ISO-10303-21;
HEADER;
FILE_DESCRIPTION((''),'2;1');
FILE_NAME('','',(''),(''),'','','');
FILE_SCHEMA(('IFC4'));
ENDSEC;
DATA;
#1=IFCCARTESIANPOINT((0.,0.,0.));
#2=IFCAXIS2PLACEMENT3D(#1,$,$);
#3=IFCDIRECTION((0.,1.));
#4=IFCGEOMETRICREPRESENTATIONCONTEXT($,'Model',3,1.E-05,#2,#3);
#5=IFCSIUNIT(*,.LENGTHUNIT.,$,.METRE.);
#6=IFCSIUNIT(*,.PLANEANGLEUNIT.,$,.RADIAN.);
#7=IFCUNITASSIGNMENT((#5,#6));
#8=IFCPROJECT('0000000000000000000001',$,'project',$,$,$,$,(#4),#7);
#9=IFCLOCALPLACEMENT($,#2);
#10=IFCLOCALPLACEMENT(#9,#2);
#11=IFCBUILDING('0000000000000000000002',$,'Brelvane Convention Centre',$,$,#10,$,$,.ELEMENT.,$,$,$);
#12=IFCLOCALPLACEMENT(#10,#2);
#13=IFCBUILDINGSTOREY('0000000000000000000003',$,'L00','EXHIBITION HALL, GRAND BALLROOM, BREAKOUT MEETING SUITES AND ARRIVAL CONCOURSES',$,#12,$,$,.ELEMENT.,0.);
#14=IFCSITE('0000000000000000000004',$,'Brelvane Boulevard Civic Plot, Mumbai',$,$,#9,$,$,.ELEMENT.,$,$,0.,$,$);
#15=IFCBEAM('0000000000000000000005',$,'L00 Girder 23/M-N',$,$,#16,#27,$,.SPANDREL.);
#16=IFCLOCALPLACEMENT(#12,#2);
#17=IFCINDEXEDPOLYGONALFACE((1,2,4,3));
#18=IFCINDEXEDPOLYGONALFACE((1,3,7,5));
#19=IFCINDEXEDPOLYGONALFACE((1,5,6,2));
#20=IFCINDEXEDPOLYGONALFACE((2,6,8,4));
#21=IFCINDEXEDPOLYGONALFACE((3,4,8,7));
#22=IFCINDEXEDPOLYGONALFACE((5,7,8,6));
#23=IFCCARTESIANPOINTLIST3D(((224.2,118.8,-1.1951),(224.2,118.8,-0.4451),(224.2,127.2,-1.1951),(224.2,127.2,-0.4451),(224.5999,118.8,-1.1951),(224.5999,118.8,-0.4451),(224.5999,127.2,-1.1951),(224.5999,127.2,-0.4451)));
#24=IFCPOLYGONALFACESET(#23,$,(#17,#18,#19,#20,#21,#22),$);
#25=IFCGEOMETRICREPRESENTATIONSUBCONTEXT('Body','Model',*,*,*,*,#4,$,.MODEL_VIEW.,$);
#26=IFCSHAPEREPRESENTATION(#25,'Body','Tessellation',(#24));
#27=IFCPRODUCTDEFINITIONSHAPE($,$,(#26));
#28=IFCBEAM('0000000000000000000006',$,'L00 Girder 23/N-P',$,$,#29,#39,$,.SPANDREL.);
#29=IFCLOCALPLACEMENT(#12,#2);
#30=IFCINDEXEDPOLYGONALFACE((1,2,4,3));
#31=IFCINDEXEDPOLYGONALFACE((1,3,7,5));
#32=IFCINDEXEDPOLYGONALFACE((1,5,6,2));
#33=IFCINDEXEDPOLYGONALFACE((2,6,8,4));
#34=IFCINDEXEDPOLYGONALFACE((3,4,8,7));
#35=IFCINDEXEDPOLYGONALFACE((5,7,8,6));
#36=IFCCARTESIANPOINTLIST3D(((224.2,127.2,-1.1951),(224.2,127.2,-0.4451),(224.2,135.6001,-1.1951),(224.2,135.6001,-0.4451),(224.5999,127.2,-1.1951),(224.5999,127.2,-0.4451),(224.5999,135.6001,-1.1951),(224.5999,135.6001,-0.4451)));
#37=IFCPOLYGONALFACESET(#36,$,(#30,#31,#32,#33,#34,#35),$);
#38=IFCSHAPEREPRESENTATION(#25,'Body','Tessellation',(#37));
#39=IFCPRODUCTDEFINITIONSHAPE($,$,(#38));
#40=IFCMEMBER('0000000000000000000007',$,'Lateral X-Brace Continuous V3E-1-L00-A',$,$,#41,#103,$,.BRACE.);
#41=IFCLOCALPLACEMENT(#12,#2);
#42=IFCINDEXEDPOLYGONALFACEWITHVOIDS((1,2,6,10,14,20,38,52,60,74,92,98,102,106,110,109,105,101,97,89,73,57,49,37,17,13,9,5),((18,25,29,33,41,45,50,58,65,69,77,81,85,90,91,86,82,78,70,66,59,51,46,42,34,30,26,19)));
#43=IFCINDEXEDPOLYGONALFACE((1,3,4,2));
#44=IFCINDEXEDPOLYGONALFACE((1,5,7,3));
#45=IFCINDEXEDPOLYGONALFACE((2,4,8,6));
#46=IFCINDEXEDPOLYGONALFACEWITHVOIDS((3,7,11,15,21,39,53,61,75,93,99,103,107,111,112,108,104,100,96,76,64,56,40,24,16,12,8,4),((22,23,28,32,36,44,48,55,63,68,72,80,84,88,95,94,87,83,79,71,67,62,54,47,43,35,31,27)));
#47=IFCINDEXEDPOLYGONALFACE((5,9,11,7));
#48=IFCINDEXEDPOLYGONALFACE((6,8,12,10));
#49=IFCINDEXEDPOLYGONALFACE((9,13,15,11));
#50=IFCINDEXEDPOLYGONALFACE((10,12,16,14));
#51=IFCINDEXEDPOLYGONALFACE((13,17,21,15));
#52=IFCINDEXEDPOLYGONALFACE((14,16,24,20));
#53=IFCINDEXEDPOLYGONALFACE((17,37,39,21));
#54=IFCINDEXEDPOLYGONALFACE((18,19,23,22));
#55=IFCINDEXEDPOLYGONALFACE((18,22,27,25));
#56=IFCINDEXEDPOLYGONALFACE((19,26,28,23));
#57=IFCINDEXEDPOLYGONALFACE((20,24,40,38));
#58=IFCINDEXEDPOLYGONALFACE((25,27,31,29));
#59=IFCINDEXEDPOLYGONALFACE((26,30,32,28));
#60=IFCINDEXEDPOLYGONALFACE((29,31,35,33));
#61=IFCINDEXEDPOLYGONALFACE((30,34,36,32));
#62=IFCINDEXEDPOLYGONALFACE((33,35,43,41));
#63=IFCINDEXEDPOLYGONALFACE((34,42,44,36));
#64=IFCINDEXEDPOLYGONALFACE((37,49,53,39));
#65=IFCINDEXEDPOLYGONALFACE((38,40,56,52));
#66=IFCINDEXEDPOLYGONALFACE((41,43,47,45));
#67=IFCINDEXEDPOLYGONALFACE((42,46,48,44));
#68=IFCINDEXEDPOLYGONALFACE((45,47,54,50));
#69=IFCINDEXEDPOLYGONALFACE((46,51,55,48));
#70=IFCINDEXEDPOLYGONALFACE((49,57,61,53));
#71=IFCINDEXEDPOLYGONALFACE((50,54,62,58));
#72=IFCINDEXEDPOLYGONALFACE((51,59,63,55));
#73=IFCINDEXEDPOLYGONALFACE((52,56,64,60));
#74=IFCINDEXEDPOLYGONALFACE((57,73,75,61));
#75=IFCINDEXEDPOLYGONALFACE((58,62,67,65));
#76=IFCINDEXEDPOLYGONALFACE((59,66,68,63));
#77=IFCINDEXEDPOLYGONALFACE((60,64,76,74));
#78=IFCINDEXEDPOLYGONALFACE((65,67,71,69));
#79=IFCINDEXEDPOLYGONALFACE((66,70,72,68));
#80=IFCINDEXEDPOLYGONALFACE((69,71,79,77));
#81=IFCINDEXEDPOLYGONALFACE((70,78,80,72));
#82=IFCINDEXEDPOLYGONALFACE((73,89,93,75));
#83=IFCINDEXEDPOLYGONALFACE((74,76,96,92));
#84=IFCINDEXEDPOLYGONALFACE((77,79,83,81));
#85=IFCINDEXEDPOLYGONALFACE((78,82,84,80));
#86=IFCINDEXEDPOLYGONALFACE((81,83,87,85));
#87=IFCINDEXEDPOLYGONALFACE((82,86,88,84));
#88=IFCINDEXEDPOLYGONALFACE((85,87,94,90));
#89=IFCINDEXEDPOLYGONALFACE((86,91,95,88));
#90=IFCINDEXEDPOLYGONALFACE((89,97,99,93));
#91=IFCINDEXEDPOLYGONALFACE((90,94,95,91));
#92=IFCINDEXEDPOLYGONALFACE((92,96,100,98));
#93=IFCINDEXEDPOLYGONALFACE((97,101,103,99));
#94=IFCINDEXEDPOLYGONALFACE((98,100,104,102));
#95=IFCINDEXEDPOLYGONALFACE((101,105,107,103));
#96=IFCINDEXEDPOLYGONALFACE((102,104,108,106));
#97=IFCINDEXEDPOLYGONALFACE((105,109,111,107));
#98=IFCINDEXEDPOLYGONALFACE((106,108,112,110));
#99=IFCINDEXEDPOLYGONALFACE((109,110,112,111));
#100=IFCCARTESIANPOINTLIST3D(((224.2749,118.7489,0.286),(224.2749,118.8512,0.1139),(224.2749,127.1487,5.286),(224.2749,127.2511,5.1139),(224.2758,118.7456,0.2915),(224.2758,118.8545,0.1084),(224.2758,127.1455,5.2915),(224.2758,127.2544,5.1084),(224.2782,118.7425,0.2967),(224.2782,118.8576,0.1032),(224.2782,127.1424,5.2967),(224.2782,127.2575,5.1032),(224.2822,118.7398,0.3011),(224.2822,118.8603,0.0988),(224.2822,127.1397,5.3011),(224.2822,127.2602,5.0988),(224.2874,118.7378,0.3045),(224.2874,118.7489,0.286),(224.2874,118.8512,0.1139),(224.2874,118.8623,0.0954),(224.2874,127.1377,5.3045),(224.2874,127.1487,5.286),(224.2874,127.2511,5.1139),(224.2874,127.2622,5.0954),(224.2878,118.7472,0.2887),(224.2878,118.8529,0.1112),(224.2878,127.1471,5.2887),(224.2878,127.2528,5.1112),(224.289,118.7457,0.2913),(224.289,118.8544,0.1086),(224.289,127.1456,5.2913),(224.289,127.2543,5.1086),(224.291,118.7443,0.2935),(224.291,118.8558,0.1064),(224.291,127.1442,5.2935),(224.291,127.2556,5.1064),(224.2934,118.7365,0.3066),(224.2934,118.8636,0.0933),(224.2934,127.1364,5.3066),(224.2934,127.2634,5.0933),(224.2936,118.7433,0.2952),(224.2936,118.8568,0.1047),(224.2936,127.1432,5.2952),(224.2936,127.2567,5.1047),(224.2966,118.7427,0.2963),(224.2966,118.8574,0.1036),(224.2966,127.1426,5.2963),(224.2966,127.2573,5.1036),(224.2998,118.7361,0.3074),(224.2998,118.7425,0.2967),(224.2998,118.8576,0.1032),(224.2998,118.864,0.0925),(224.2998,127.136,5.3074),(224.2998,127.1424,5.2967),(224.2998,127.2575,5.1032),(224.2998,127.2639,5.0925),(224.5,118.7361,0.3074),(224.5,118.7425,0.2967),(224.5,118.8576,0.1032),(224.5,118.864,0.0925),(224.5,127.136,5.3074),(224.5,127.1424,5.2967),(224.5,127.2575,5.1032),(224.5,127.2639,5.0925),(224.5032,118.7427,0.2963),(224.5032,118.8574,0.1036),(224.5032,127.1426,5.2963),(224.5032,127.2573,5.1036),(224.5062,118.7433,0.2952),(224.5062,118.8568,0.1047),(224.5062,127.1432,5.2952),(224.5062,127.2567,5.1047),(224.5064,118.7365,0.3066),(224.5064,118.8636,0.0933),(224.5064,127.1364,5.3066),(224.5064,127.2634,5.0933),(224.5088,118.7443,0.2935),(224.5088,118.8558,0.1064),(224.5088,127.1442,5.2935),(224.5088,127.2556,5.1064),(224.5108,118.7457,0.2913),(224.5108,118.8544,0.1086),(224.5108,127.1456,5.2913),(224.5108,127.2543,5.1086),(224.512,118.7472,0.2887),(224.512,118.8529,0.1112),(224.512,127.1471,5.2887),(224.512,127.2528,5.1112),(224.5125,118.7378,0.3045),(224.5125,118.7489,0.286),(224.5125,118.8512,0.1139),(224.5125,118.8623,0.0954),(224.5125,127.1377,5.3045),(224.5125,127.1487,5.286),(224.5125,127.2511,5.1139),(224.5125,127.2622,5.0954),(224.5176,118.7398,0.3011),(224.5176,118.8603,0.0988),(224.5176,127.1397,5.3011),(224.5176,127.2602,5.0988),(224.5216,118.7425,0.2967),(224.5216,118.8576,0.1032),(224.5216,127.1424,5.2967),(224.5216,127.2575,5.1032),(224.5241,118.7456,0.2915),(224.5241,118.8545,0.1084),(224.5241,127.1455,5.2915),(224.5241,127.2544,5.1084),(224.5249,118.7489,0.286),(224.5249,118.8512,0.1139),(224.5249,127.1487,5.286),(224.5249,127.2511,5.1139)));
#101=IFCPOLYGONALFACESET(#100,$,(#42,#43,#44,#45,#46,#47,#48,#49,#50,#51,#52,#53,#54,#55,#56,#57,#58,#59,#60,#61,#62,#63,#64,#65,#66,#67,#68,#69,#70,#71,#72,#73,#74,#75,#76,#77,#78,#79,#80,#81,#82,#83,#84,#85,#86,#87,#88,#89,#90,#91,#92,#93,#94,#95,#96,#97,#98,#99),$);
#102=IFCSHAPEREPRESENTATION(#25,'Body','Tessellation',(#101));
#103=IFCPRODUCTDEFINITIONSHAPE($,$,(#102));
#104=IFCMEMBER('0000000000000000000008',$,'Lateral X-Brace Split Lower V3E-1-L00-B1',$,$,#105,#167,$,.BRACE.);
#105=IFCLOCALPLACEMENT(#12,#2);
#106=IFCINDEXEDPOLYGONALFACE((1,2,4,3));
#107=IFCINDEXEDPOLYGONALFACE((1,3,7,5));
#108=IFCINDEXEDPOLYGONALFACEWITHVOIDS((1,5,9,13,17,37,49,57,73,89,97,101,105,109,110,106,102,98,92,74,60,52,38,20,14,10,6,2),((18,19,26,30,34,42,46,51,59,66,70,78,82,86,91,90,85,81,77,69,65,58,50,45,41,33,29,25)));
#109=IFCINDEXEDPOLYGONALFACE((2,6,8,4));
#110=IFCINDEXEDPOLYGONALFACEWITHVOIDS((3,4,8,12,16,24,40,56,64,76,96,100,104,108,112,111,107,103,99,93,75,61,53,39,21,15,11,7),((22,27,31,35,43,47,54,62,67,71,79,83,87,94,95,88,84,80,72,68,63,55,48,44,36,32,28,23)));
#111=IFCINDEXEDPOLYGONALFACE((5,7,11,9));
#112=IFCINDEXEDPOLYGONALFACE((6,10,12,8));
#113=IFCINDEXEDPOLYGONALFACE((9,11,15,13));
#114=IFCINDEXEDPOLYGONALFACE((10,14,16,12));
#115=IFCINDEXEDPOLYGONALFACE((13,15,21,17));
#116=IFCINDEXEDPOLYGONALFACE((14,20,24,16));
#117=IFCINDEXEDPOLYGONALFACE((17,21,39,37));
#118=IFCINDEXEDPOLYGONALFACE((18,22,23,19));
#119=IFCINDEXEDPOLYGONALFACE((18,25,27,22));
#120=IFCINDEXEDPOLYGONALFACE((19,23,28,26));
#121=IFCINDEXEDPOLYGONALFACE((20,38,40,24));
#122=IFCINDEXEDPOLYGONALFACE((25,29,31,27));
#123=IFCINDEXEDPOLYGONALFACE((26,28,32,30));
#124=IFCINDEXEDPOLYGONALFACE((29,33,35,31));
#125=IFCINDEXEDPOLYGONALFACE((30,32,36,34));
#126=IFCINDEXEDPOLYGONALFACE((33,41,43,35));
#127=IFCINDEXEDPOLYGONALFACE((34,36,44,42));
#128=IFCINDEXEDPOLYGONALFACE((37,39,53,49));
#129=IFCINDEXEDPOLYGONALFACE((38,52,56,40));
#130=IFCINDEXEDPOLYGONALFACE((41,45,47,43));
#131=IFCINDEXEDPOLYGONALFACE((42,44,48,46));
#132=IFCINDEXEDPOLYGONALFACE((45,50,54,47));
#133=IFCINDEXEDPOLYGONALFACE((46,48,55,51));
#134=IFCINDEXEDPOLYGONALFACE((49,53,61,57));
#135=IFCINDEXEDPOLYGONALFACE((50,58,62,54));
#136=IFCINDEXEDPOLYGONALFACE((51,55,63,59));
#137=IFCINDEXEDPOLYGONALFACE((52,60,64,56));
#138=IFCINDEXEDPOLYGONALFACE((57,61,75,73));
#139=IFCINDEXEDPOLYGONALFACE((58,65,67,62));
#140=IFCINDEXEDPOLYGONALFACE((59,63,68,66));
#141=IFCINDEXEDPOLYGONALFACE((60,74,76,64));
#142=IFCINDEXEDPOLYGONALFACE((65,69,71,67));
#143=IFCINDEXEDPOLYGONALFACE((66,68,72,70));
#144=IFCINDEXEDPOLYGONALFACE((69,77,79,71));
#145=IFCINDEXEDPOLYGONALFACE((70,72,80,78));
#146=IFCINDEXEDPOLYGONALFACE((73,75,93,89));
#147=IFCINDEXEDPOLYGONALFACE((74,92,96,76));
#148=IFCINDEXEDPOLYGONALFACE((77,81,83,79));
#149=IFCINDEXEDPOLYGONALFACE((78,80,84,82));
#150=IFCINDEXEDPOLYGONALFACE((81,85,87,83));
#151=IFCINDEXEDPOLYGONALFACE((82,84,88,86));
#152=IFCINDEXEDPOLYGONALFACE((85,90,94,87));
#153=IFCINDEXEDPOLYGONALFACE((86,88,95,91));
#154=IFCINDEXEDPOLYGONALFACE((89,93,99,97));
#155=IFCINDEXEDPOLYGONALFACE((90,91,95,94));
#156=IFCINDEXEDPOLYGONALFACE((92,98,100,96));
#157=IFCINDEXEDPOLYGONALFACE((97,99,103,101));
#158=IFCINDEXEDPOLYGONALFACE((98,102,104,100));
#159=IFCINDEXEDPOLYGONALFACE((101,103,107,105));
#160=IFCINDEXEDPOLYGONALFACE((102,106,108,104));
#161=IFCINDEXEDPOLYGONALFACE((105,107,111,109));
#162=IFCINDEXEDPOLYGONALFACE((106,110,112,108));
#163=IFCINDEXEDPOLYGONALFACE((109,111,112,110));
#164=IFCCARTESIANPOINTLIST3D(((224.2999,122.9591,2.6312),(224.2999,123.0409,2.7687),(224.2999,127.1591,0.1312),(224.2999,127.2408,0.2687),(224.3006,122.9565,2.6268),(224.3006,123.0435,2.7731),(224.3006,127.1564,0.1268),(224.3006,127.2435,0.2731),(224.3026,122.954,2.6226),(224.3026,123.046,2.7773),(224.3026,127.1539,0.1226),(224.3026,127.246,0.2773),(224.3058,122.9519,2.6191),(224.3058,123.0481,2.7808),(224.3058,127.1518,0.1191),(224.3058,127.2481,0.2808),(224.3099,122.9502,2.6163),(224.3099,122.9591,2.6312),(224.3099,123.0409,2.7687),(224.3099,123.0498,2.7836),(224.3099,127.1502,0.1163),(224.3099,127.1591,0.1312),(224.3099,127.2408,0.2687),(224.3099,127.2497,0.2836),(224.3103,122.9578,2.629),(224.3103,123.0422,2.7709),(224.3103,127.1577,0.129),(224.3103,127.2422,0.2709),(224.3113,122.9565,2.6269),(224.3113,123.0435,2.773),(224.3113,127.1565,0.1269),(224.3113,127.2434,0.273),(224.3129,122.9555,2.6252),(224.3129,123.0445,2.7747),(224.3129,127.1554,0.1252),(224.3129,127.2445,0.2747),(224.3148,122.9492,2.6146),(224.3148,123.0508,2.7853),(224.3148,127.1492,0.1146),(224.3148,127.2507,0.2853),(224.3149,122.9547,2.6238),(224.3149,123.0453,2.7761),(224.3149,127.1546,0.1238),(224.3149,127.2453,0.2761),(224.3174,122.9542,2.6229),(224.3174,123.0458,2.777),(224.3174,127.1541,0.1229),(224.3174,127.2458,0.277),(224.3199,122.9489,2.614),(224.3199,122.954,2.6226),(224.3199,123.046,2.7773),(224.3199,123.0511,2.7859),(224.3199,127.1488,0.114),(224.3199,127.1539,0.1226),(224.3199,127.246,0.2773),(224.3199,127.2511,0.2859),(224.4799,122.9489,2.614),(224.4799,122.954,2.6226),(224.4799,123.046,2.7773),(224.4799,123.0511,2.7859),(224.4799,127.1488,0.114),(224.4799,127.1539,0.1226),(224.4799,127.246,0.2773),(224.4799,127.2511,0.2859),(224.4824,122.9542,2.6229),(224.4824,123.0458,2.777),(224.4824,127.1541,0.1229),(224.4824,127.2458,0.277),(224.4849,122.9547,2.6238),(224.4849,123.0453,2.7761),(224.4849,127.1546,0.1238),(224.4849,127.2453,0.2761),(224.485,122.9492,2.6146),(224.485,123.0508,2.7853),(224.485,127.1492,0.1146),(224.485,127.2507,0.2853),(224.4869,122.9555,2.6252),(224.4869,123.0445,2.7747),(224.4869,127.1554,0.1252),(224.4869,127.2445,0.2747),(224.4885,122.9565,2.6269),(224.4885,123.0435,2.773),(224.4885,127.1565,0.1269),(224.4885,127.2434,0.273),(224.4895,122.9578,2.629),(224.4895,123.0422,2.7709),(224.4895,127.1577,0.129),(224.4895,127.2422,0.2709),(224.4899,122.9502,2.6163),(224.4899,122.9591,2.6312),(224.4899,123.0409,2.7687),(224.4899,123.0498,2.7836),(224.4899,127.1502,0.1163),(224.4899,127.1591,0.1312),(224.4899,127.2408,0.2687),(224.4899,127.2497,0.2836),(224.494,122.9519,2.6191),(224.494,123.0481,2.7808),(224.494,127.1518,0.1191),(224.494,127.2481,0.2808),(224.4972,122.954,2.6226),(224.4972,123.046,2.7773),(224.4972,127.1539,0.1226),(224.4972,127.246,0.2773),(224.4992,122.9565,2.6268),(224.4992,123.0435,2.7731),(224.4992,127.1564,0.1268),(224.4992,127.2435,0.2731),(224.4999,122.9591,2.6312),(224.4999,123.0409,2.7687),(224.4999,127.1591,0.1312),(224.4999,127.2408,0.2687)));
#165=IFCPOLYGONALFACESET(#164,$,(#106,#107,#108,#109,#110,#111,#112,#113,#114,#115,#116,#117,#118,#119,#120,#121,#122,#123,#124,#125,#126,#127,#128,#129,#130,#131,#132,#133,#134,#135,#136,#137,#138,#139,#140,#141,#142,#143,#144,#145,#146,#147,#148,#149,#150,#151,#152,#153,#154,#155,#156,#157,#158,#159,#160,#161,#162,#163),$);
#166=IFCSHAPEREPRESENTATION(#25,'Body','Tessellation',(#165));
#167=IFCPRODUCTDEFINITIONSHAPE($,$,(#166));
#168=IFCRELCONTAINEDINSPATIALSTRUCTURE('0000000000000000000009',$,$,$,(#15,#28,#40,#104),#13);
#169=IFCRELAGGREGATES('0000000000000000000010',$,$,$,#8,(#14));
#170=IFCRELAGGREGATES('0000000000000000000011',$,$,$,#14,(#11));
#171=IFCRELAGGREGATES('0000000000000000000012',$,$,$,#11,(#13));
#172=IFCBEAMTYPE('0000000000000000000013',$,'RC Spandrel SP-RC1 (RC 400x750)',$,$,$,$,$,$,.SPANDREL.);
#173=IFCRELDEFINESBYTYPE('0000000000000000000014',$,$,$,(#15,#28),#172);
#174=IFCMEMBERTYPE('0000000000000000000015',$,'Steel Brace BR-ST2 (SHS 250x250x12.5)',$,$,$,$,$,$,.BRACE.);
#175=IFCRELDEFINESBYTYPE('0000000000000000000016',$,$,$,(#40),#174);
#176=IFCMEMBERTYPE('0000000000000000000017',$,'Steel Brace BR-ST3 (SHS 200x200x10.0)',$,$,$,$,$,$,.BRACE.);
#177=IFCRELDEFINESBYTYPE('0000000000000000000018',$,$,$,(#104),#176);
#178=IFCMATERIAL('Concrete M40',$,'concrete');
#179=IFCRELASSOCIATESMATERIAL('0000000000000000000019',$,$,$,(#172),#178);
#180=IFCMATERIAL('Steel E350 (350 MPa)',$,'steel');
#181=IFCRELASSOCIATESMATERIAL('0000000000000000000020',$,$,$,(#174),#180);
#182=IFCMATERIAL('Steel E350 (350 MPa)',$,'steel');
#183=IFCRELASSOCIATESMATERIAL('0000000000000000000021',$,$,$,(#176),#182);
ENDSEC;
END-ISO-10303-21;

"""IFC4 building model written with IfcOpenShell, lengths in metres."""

from ifc_helpers import new_model, si_unit, direction, frame, origin, origin_2d, place, context, subcontext, project, spatial, rectangle, hollow_rectangle, extrude, material, material_profile, profile_set, type_object, element, save


model = new_model("IFC4")

# Units and contexts
model_context = context("Model", 3, precision=1e-05, world=origin(), true_north=direction((0.0, 1.0)))
body_context = subcontext(model_context, "Body", "Model", "MODEL_VIEW")
ifc_project = project(units=[si_unit("LENGTHUNIT", "METRE"), si_unit("PLANEANGLEUNIT", "RADIAN")], contexts=[model_context])

# Site, building, storey
site_placement = place(None, origin())
site = spatial("IfcSite", under=ifc_project, at=site_placement, Name="Brelvane Boulevard Civic Plot, Mumbai", CompositionType="ELEMENT", RefElevation=0.0)
building_placement = place(site_placement, origin())
building = spatial("IfcBuilding", under=site, at=building_placement, Name="Brelvane Convention Centre", CompositionType="ELEMENT")
storey_placement = place(building_placement, origin())
storey = spatial("IfcBuildingStorey", under=building, at=storey_placement, Name="L00", Description="EXHIBITION HALL, GRAND BALLROOM, BREAKOUT MEETING SUITES AND ARRIVAL CONCOURSES", CompositionType="ELEMENT", Elevation=0.0)

# Beams
ifc_material_1 = material(Name="Concrete M40", Category="concrete")
ifc_material_profile_1 = material_profile(ifc_material_1, rectangle(XDim=0.3999, YDim=0.75, at=origin_2d()), Name="RC 400x750")
ifc_profile_set_1 = profile_set([ifc_material_profile_1], Name="Concrete M40")
beam_type_1 = type_object("IfcBeamType", Name="RC Spandrel SP-RC1 (RC 400x750)", PredefinedType="SPANDREL", material=ifc_profile_set_1)
beam_1_placement = place(storey_placement, frame((224.3999, 118.8, -0.8201), z_axis=(0.0, 1.0, 0.0), x_axis=(-1.0, 0.0, 0.0)))
element("IfcBeam", 1, at=beam_1_placement, inside=storey, type_object=beam_type_1, Name="L00 Girder 23/M-N", PredefinedType="SPANDREL", context=body_context, shape_type="SweptSolid", body=[
    extrude(rectangle(XDim=0.3999, YDim=0.75, at=origin_2d()), origin(), (0.0, 0.0, 1.0), 8.3999),
])
beam_2_placement = place(storey_placement, frame((224.3999, 127.2, -0.8201), z_axis=(0.0, 1.0, 0.0), x_axis=(-1.0, 0.0, 0.0)))
element("IfcBeam", 2, at=beam_2_placement, inside=storey, type_object=beam_type_1, Name="L00 Girder 23/N-P", PredefinedType="SPANDREL", context=body_context, shape_type="SweptSolid", body=[
    extrude(rectangle(XDim=0.3999, YDim=0.75, at=origin_2d()), origin(), (0.0, 0.0, 1.0), 8.4001),
])

# Members
ifc_material_2 = material(Name="Steel E350 (350 MPa)", Category="steel")
ifc_material_profile_2 = material_profile(ifc_material_2, hollow_rectangle(XDim=0.25, YDim=0.25, WallThickness=0.0125, InnerFilletRadius=0.0125, OuterFilletRadius=0.0249, at=origin_2d()), Name="SHS 250x250x12.5")
ifc_profile_set_2 = profile_set([ifc_material_profile_2], Name="Steel E350 (350 MPa)")
member_type_1 = type_object("IfcMemberType", Name="Steel Brace BR-ST2 (SHS 250x250x12.5)", PredefinedType="BRACE", material=ifc_profile_set_2)
member_placement = place(storey_placement, frame((224.3999, 118.8, 0.2), z_axis=(0.0, 0.85929, 0.511488), x_axis=(-1.0, 0.0, 0.0)))
element("IfcMember", 3, at=member_placement, inside=storey, type_object=member_type_1, Name="Lateral X-Brace Continuous V3E-1-L00-A", PredefinedType="BRACE", context=body_context, shape_type="SweptSolid", body=[
    extrude(hollow_rectangle(XDim=0.25, YDim=0.25, WallThickness=0.0125, InnerFilletRadius=0.0125, OuterFilletRadius=0.0249, at=origin_2d()), origin(), (0.0, 0.0, 1.0), 9.7754),
])
ifc_material_3 = material(Name="Steel E350 (350 MPa)", Category="steel")
ifc_material_profile_3 = material_profile(ifc_material_3, hollow_rectangle(XDim=0.2, YDim=0.2, WallThickness=0.01, InnerFilletRadius=0.01, OuterFilletRadius=0.02, at=origin_2d()), Name="SHS 200x200x10.0")
ifc_profile_set_3 = profile_set([ifc_material_profile_3], Name="Steel E350 (350 MPa)")
member_type_2 = type_object("IfcMemberType", Name="Steel Brace BR-ST3 (SHS 200x200x10.0)", PredefinedType="BRACE", material=ifc_profile_set_3)
for number, where, z_axis, x_axis, name in (
    (4, (224.3999, 127.2, 0.2), (0.0, -0.85929, 0.511488), (1.0, 0.0, 0.0), "Lateral X-Brace Split Lower V3E-1-L00-B1"),
):
    element("IfcMember", number, at=place(storey_placement, frame(where, z_axis=z_axis, x_axis=x_axis)), inside=storey, type_object=member_type_2, Name=name, PredefinedType="BRACE", context=body_context, shape_type="SweptSolid", body=[
        extrude(hollow_rectangle(XDim=0.2, YDim=0.2, WallThickness=0.01, InnerFilletRadius=0.01, OuterFilletRadius=0.02, at=origin_2d()), origin(), (0.0, 0.0, 1.0), 4.8877),
    ])

save(model, "model.ifc")
